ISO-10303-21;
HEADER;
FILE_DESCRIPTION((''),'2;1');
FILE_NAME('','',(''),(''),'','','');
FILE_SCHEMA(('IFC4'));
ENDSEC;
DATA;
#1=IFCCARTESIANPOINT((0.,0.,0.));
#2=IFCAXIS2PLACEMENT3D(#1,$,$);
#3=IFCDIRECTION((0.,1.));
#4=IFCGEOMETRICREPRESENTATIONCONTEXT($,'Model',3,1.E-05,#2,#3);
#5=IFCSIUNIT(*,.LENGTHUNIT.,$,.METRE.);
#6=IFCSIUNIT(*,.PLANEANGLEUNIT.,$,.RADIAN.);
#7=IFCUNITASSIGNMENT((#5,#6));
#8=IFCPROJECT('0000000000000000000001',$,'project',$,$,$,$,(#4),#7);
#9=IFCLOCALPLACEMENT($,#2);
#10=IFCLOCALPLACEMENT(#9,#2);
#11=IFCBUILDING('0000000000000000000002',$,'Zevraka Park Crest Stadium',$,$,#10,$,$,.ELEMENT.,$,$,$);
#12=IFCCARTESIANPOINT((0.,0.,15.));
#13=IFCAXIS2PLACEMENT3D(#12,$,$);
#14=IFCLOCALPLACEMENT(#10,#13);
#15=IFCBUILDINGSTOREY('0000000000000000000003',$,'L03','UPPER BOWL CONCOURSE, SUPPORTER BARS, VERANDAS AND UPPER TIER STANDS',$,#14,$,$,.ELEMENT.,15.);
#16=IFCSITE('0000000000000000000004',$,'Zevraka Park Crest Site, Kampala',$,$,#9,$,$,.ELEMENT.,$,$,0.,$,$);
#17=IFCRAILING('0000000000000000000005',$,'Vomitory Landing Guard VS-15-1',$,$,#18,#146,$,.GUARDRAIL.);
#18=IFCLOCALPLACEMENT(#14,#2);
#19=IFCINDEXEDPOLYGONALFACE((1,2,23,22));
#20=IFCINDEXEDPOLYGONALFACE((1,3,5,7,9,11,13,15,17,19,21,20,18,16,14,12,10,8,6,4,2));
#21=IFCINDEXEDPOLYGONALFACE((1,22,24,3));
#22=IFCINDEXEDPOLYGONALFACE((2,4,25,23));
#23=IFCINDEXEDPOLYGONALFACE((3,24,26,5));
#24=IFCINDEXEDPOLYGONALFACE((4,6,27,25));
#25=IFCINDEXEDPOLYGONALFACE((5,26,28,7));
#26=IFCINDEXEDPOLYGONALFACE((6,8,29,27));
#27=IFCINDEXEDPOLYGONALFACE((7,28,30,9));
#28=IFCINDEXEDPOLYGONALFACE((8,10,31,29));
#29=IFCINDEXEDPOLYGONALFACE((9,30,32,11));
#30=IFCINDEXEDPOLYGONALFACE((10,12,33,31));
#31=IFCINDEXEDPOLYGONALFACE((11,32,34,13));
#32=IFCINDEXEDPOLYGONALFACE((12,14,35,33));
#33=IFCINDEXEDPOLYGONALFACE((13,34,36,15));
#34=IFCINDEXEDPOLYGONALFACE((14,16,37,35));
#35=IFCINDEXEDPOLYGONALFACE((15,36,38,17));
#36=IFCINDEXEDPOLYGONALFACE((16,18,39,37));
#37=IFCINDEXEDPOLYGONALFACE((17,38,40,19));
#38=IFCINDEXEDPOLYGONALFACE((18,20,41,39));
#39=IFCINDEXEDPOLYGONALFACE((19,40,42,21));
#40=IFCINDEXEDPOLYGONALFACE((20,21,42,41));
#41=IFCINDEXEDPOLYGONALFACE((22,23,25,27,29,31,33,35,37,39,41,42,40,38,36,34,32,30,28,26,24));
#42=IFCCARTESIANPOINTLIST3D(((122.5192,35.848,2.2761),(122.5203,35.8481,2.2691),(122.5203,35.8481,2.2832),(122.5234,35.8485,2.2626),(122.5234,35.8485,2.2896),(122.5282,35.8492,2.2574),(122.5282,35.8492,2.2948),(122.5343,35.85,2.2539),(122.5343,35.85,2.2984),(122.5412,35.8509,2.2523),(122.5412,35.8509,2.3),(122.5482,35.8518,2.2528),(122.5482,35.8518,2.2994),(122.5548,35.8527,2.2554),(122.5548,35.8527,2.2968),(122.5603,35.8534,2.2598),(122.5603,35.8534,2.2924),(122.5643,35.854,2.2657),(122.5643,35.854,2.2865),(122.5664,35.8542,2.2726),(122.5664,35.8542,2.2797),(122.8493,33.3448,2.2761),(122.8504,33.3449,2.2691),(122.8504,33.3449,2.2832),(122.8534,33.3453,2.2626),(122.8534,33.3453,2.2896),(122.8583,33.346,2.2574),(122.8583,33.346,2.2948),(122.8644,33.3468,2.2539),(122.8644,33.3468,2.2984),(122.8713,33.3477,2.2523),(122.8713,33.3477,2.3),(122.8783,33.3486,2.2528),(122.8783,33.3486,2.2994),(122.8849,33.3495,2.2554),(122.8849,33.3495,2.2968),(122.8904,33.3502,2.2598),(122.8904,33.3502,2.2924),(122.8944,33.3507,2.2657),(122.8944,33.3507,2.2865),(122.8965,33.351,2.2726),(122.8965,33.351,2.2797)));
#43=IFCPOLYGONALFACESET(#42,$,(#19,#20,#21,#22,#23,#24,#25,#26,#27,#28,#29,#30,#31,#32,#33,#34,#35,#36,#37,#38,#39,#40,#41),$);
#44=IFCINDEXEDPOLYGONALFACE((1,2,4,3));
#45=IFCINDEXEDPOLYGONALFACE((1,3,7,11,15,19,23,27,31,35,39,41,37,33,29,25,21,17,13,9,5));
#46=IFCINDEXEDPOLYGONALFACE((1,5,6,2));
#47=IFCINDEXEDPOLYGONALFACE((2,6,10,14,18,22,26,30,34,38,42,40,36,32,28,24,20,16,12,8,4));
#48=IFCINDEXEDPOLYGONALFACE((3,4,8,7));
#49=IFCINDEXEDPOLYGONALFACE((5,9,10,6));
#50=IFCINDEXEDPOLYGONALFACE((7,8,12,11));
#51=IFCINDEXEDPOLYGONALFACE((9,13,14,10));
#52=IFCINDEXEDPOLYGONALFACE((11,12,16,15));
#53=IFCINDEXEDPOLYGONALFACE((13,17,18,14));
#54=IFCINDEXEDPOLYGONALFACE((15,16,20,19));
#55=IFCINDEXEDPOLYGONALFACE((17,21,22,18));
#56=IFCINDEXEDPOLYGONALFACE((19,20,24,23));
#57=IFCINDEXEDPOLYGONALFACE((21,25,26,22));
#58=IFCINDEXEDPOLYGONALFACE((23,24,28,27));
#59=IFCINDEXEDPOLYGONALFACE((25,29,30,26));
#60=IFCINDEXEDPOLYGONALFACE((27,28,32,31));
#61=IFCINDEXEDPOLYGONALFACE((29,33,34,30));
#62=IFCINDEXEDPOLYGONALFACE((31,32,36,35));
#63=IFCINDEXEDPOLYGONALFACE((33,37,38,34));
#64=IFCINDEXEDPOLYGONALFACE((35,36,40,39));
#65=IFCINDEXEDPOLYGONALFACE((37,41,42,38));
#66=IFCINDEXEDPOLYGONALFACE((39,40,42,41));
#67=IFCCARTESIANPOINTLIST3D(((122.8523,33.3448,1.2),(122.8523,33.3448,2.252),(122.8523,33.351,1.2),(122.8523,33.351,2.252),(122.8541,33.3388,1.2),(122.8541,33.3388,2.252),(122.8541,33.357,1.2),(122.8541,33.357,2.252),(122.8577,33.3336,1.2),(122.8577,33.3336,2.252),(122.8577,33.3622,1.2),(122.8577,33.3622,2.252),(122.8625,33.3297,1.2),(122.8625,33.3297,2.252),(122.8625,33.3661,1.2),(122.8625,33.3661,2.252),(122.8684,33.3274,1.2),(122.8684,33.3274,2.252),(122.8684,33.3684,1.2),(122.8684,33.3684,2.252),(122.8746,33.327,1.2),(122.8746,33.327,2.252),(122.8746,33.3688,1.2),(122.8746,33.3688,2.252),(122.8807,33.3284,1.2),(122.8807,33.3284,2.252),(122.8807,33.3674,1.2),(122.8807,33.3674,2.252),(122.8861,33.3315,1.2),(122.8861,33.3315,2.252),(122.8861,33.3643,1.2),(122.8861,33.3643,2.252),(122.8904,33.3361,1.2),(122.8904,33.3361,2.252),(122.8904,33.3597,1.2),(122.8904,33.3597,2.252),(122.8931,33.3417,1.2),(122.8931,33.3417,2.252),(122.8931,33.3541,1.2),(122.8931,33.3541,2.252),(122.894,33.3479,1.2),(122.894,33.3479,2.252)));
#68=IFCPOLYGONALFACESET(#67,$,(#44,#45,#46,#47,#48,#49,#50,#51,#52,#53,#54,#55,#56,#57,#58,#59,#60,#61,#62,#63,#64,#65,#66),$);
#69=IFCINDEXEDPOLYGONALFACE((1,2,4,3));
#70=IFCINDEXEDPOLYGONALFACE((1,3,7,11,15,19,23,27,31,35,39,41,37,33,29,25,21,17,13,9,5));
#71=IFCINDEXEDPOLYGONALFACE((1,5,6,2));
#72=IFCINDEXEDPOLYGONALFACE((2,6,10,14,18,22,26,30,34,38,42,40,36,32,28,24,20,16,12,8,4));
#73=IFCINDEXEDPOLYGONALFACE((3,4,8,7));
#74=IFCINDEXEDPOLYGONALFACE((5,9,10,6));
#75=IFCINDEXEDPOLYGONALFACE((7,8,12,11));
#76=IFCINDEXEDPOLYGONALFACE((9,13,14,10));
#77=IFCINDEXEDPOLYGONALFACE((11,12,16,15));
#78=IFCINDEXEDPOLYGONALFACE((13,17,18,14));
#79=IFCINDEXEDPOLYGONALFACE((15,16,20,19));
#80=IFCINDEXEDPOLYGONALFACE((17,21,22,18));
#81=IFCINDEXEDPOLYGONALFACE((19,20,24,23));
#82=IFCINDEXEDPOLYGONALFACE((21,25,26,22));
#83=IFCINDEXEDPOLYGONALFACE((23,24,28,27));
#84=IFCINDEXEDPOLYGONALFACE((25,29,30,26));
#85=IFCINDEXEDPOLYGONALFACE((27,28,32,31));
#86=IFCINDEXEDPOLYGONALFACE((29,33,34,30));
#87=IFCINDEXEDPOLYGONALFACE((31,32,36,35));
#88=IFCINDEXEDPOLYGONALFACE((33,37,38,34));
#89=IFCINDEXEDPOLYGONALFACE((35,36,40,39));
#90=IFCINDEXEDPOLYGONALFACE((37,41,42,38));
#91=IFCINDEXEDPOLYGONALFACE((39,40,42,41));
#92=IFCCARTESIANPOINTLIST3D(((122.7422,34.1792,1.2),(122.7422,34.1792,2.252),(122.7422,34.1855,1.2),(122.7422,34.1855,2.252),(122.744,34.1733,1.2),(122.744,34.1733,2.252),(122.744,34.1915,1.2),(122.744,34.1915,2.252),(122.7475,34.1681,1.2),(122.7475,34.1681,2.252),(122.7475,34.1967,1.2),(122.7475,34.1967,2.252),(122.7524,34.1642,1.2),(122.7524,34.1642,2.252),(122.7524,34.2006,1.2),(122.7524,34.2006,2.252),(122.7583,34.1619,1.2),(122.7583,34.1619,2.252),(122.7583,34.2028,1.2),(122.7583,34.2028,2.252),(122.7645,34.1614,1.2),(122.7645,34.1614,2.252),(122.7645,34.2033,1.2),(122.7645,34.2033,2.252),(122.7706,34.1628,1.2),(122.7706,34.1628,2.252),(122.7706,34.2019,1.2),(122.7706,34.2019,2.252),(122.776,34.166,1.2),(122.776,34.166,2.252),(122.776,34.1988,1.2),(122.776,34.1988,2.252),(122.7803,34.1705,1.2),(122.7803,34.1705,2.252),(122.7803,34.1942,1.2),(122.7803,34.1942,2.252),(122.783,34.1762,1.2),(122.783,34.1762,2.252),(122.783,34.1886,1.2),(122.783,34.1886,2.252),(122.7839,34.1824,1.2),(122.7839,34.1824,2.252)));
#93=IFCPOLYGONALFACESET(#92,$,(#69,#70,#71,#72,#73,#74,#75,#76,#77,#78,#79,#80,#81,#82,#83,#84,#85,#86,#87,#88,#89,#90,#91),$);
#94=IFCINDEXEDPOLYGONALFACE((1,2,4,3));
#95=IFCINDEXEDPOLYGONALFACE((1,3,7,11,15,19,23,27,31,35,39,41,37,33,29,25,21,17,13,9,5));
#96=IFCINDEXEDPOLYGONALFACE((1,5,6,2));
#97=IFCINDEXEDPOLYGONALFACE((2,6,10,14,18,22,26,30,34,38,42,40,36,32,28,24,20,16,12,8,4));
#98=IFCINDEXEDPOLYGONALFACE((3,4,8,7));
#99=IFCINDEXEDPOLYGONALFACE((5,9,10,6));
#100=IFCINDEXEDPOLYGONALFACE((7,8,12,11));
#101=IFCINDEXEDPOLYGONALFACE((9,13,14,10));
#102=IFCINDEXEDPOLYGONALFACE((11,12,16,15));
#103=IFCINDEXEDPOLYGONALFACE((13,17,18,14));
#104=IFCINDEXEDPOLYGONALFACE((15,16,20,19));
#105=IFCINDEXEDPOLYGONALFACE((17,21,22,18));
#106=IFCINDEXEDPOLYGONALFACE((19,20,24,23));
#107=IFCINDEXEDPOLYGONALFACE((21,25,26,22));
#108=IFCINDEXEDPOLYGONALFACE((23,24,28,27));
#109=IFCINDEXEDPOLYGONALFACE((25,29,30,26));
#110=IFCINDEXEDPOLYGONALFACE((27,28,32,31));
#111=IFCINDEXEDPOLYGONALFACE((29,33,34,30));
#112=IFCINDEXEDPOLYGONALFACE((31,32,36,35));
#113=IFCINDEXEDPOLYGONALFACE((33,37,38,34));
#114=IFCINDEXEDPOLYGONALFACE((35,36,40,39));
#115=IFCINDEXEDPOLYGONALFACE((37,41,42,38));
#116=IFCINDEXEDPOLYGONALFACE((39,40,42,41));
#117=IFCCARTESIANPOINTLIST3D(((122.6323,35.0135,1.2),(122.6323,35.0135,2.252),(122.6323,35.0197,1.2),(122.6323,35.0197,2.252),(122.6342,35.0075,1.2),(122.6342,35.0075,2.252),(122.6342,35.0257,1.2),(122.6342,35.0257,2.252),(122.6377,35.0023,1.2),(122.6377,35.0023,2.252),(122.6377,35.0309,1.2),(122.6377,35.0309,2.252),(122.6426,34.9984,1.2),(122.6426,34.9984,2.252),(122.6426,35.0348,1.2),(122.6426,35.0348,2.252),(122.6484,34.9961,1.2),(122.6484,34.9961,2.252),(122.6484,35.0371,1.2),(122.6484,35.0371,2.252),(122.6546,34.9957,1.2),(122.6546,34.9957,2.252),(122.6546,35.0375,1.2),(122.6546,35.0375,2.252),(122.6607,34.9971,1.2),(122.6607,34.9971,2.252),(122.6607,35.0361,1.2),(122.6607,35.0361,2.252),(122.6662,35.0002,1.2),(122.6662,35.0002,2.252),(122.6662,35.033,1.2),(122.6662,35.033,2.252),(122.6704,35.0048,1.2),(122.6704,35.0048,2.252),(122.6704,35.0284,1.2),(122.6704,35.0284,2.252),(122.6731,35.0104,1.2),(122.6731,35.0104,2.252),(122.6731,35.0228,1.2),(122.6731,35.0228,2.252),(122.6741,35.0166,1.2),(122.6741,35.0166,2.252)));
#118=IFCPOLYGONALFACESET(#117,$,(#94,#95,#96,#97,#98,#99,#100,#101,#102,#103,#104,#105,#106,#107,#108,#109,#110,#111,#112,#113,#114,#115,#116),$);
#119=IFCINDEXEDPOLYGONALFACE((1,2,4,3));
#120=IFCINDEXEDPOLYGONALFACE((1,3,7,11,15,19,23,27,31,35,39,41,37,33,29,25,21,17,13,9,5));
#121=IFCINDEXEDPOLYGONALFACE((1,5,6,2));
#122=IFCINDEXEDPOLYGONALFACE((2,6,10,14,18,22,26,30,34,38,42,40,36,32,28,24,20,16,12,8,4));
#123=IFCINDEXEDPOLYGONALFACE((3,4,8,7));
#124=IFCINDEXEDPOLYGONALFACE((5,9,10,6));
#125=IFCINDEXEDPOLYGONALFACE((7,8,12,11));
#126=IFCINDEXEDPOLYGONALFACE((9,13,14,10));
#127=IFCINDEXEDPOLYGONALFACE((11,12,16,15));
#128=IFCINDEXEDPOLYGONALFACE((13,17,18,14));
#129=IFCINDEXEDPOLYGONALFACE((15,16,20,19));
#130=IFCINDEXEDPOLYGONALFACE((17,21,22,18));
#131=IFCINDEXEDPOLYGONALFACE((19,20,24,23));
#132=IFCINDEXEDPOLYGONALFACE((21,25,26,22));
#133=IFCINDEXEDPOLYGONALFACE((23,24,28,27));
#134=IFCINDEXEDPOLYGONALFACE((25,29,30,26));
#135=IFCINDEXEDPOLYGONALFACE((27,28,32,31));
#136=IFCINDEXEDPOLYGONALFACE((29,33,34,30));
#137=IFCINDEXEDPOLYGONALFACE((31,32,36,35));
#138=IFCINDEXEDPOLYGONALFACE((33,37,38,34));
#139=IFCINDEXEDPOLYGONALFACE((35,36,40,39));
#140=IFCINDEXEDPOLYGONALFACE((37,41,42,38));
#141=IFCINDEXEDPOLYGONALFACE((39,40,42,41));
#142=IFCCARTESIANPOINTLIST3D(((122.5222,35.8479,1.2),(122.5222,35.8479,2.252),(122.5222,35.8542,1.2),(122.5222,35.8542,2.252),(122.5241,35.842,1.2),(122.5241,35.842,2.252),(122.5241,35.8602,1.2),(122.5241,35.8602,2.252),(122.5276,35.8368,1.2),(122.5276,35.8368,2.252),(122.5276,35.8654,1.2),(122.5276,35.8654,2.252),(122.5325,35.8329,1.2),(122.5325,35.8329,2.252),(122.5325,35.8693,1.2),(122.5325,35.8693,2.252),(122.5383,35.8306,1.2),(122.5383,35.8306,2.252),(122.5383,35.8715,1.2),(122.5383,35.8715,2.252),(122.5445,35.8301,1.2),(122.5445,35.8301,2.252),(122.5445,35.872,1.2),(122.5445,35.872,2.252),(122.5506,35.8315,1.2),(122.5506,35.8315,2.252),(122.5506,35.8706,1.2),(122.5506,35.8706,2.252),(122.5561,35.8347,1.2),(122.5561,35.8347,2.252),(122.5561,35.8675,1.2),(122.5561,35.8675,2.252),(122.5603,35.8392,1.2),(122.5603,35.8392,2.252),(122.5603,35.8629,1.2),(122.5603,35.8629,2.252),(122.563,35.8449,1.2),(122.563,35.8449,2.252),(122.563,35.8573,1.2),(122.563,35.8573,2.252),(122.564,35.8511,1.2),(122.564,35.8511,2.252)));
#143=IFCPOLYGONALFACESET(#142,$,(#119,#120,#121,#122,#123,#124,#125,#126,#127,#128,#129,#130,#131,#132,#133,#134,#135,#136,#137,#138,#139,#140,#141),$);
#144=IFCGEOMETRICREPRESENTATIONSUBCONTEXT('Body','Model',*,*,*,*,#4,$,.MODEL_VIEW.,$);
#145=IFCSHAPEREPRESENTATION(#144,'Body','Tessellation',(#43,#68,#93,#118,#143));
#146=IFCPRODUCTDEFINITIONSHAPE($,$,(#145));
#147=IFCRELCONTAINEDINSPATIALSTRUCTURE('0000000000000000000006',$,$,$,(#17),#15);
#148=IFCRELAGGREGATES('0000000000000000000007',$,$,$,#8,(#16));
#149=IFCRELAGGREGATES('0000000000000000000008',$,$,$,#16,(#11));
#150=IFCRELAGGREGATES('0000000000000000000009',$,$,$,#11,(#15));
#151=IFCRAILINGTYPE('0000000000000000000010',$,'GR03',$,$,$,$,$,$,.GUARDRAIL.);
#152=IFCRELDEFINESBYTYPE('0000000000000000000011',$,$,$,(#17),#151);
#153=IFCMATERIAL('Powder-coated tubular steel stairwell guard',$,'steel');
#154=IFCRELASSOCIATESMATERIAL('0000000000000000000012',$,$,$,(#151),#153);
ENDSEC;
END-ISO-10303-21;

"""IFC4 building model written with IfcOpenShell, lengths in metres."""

from ifc_helpers import new_model, si_unit, direction, frame, origin, origin_2d, place, context, subcontext, project, spatial, circle, extrude, material, type_object, element, save


model = new_model("IFC4")

# Units and contexts
model_context = context("Model", 3, precision=1e-05, world=origin(), true_north=direction((0.0, 1.0)))
body_context = subcontext(model_context, "Body", "Model", "MODEL_VIEW")
ifc_project = project(units=[si_unit("LENGTHUNIT", "METRE"), si_unit("PLANEANGLEUNIT", "RADIAN")], contexts=[model_context])

# Site, building, storey
site_placement = place(None, origin())
site = spatial("IfcSite", under=ifc_project, at=site_placement, Name="Zevraka Park Crest Site, Kampala", CompositionType="ELEMENT", RefElevation=0.0)
building_placement = place(site_placement, origin())
building = spatial("IfcBuilding", under=site, at=building_placement, Name="Zevraka Park Crest Stadium", CompositionType="ELEMENT")
storey_placement = place(building_placement, frame((0.0, 0.0, 15.0)))
storey = spatial("IfcBuildingStorey", under=building, at=storey_placement, Name="L03", Description="UPPER BOWL CONCOURSE, SUPPORTER BARS, VERANDAS AND UPPER TIER STANDS", CompositionType="ELEMENT", Elevation=15.0)

# Railing
ifc_material_1 = material(Name="Powder-coated tubular steel stairwell guard", Category="steel")
railing_type_1 = type_object("IfcRailingType", Name="GR03", PredefinedType="GUARDRAIL", material=ifc_material_1)
railing_1_placement = place(storey_placement, frame((122.873, 33.3479, 1.2)))
element("IfcRailing", 1, at=railing_1_placement, inside=storey, type_object=railing_type_1, Name="Vomitory Landing Guard VS-15-1", PredefinedType="GUARDRAIL", context=body_context, shape_type="SweptSolid", body=[
    extrude(circle(Radius=0.0239, at=origin_2d()), frame((0.0, 0.0, 1.0762), z_axis=(-0.130732, 0.991418, 0.0), x_axis=(-0.991418, -0.130732, 0.0)), (0.0, 0.0, 1.0), 2.5249),
    extrude(circle(Radius=0.021, at=origin_2d()), origin(), (0.0, 0.0, 1.0), 1.052),
    extrude(circle(Radius=0.021, at=origin_2d()), frame((-0.1101, 0.8345, 0.0)), (0.0, 0.0, 1.0), 1.052),
    extrude(circle(Radius=0.021, at=origin_2d()), frame((-0.22, 1.6687, 0.0)), (0.0, 0.0, 1.0), 1.052),
    extrude(circle(Radius=0.021, at=origin_2d()), frame((-0.3301, 2.5032, 0.0)), (0.0, 0.0, 1.0), 1.052),
])

save(model, "model.ifc")
